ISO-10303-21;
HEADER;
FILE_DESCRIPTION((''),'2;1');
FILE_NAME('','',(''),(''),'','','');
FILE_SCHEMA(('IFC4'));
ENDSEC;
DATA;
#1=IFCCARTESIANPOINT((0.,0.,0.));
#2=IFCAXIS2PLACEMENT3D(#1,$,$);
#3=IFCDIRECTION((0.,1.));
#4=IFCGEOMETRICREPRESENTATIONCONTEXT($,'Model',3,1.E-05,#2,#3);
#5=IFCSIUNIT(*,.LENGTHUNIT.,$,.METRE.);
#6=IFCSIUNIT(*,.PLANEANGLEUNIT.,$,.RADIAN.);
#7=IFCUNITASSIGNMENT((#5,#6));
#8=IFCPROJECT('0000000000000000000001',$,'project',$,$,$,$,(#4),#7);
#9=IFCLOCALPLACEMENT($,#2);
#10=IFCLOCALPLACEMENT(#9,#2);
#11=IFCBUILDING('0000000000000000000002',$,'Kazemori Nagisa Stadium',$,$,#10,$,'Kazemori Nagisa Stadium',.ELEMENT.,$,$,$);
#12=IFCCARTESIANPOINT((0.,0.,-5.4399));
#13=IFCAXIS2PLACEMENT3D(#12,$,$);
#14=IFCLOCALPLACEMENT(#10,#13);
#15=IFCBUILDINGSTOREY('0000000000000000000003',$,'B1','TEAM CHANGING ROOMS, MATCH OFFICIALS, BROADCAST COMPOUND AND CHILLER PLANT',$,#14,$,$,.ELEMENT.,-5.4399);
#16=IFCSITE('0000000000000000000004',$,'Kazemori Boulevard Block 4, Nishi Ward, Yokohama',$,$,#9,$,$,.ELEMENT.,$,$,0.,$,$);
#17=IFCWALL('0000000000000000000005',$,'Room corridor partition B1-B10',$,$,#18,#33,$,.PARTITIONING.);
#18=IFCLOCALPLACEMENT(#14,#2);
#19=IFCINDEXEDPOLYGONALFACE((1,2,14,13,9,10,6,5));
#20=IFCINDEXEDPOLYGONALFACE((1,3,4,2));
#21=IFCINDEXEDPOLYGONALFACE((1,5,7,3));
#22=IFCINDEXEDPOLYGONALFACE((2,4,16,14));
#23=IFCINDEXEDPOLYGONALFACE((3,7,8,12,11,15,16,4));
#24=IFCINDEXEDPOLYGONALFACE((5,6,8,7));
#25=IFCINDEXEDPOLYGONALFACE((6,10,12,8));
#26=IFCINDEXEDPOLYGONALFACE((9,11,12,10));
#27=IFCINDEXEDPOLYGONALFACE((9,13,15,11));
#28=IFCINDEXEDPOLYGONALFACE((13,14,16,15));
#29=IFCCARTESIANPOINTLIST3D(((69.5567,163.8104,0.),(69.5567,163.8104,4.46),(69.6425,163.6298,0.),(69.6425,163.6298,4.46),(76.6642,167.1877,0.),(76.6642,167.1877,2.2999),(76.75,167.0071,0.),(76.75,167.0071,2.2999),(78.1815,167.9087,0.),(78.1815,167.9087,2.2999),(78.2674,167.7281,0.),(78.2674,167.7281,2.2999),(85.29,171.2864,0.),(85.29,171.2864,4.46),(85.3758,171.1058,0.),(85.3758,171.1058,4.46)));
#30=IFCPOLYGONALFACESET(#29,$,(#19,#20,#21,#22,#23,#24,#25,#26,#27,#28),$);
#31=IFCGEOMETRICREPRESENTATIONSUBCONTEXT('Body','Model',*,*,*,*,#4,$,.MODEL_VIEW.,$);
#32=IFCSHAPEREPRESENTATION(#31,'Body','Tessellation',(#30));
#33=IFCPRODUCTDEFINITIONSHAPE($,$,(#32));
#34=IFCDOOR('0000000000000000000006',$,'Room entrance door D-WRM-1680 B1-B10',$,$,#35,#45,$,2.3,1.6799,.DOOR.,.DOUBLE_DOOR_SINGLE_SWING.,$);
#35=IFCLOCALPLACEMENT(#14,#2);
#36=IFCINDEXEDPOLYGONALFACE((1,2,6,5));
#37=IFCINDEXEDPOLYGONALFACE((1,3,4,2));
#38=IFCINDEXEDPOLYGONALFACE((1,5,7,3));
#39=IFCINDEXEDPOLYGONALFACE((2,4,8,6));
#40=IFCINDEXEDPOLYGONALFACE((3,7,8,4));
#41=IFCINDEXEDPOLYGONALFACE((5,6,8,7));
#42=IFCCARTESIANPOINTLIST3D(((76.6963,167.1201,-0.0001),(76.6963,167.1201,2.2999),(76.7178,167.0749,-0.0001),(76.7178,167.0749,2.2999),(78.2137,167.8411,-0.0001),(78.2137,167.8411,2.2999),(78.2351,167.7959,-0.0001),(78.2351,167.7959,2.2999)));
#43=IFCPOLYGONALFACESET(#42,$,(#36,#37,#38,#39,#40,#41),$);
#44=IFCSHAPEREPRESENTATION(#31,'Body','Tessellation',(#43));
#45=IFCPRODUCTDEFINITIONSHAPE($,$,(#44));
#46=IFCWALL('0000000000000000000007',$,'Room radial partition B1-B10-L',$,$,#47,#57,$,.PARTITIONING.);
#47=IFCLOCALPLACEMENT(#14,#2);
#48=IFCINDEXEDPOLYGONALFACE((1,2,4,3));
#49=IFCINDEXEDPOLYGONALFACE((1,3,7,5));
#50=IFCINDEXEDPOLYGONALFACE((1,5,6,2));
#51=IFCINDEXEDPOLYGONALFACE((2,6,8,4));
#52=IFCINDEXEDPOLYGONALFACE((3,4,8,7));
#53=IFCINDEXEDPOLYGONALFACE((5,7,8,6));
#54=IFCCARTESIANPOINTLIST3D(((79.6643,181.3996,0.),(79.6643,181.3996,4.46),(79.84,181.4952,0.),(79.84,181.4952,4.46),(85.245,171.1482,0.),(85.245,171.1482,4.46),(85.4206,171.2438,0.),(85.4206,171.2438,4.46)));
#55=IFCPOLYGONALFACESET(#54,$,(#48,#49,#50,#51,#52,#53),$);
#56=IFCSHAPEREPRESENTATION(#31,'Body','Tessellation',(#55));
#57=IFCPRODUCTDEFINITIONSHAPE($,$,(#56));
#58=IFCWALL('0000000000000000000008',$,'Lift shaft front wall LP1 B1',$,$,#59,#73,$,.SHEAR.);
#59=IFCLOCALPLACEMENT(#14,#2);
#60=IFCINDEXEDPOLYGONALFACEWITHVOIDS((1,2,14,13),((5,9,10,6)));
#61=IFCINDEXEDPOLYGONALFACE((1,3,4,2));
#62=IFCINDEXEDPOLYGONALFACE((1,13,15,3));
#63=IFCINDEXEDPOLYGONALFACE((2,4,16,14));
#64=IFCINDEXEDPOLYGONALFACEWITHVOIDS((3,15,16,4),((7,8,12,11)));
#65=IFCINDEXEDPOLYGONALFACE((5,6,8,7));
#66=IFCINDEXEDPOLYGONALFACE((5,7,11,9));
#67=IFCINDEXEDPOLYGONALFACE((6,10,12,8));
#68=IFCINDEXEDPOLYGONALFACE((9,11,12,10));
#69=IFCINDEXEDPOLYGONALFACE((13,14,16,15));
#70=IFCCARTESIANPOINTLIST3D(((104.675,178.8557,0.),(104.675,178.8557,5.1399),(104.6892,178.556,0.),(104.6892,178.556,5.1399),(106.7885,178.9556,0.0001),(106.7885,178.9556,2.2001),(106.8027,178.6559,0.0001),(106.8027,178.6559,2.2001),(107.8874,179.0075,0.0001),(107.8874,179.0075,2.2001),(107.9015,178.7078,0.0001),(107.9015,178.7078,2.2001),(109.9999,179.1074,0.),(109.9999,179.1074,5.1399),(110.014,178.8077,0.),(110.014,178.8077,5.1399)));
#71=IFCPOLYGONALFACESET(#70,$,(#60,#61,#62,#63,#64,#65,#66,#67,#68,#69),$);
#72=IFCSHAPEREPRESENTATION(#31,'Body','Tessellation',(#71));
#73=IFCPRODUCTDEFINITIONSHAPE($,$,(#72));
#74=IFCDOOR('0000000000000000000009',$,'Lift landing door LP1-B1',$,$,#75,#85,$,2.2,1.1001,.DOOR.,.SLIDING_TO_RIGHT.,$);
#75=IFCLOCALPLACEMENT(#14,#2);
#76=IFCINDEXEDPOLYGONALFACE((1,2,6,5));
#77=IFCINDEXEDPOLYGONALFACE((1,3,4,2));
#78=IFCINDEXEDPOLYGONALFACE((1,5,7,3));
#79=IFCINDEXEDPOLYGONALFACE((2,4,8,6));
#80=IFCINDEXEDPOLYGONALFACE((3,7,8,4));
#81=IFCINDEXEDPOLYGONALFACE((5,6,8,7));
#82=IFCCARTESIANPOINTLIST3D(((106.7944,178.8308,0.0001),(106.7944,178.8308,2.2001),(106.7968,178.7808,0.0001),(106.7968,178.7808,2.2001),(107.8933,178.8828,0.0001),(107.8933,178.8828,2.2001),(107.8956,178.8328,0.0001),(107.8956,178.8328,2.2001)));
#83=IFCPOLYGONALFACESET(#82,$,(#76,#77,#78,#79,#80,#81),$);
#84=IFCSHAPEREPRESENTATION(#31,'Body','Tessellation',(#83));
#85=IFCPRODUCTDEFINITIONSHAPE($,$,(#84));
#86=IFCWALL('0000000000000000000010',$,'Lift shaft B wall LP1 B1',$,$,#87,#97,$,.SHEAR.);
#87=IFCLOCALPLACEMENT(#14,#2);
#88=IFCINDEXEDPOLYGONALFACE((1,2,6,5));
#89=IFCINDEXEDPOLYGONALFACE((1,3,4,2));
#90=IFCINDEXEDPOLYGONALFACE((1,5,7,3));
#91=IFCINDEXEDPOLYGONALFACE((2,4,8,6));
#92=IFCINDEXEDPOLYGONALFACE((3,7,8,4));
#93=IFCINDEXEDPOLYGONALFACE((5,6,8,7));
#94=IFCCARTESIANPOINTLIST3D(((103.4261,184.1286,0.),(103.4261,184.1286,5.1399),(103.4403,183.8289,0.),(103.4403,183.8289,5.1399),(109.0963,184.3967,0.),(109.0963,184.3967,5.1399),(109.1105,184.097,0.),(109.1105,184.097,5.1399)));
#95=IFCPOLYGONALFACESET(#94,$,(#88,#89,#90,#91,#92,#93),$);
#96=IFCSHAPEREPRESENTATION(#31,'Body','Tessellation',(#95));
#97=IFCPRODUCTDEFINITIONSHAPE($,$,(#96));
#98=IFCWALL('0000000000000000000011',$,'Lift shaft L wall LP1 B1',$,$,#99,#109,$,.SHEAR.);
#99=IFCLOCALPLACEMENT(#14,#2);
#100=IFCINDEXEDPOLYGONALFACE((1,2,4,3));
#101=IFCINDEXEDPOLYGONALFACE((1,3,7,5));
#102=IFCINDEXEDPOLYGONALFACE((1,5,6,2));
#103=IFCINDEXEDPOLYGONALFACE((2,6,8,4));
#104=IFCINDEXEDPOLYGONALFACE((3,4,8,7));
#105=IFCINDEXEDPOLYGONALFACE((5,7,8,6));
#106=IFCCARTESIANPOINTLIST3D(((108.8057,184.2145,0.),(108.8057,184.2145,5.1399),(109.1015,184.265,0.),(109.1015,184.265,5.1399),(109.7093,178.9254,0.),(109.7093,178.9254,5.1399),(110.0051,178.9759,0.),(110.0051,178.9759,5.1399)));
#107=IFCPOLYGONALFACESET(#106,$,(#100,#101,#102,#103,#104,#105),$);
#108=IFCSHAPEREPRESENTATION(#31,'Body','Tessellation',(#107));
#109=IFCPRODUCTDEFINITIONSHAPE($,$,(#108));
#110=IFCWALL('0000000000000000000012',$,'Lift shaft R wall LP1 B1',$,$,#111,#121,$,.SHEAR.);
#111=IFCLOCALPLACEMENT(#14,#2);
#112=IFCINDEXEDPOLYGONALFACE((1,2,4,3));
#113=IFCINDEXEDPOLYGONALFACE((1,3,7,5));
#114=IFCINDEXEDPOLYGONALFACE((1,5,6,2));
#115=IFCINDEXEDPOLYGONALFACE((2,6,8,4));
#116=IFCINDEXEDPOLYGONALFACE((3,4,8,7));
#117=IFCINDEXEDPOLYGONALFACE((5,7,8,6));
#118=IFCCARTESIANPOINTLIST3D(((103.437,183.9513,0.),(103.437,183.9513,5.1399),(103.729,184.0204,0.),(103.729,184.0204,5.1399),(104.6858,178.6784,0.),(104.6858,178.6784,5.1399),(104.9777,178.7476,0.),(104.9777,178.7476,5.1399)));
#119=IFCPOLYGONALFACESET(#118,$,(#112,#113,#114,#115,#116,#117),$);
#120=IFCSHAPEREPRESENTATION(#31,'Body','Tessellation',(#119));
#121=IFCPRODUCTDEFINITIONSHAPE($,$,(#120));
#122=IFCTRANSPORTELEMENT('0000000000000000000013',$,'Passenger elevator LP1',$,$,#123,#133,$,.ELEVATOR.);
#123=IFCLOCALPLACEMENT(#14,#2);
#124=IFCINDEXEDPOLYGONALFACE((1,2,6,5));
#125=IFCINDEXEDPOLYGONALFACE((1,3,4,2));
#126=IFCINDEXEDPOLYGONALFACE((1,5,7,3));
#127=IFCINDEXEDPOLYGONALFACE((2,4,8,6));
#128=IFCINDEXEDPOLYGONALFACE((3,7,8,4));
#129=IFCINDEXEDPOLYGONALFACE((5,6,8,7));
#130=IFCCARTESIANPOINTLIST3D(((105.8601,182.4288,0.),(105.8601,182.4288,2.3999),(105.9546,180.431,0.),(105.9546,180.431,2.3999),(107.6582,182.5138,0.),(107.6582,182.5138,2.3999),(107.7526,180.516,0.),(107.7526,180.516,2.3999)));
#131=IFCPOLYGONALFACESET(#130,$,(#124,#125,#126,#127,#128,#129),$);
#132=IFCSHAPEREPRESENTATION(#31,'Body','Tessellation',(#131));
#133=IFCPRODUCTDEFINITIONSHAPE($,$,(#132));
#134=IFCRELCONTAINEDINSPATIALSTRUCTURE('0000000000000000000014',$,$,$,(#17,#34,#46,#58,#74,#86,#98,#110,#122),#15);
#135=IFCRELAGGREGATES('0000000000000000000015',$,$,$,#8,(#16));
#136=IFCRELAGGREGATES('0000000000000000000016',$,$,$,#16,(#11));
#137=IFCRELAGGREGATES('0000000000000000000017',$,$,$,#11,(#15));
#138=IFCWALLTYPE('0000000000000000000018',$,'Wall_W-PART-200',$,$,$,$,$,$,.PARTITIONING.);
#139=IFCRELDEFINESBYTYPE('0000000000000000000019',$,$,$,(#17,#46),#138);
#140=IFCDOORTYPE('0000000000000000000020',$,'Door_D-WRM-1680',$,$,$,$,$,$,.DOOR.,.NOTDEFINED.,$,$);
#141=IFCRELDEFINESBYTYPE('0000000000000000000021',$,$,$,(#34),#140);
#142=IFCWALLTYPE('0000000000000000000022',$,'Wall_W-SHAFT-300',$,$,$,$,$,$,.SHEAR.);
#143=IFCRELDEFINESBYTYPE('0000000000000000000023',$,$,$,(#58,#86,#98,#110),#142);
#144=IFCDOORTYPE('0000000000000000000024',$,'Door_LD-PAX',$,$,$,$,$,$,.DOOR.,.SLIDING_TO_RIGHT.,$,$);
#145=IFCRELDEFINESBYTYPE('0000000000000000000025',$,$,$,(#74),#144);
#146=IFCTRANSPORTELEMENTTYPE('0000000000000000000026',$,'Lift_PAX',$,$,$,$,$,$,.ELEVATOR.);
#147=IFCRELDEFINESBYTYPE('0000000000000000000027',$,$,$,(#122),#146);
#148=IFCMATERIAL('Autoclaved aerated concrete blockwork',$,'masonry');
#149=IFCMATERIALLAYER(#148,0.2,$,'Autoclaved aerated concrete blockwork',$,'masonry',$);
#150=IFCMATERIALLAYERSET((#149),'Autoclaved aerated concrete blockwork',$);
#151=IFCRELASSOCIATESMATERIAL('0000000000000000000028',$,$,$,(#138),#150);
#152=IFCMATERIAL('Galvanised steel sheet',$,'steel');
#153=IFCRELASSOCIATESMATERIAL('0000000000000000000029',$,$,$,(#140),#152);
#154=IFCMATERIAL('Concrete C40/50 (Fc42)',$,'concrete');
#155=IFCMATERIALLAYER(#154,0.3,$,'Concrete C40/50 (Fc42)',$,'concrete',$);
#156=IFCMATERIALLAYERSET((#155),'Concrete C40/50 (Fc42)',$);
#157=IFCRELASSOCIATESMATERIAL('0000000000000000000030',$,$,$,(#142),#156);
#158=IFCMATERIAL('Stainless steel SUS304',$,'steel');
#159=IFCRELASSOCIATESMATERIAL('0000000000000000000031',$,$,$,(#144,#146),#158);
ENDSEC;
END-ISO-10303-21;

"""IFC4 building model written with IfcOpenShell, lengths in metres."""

from ifc_helpers import new_model, si_unit, direction, frame, frame_2d, origin, origin_2d, place, context, subcontext, project, spatial, rectangle, extrude, material, layer, layer_set, type_object, element, fill, save


model = new_model("IFC4")

# Units and contexts
model_context = context("Model", 3, precision=1e-05, world=origin(), true_north=direction((0.0, 1.0)))
body_context = subcontext(model_context, "Body", "Model", "MODEL_VIEW")
ifc_project = project(units=[si_unit("LENGTHUNIT", "METRE"), si_unit("PLANEANGLEUNIT", "RADIAN")], contexts=[model_context])

# Site, building, storey
site_placement = place(None, origin())
site = spatial("IfcSite", under=ifc_project, at=site_placement, Name="Kazemori Boulevard Block 4, Nishi Ward, Yokohama", CompositionType="ELEMENT", RefElevation=0.0)
building_placement = place(site_placement, origin())
building = spatial("IfcBuilding", under=site, at=building_placement, Name="Kazemori Nagisa Stadium", LongName="Kazemori Nagisa Stadium", CompositionType="ELEMENT")
storey_placement = place(building_placement, frame((0.0, 0.0, -5.4399)))
storey = spatial("IfcBuildingStorey", under=building, at=storey_placement, Name="B1", Description="TEAM CHANGING ROOMS, MATCH OFFICIALS, BROADCAST COMPOUND AND CHILLER PLANT", CompositionType="ELEMENT", Elevation=-5.4399)

# Shared definitions
ifc_material_1 = material(Name="Concrete C40/50 (Fc42)", Category="concrete")

# Shared definitions
ifc_material_2 = material(Name="Autoclaved aerated concrete blockwork", Category="masonry")
ifc_layer_1 = layer(ifc_material_2, 0.2, Name="Autoclaved aerated concrete blockwork", Category="masonry")
ifc_layer_set_1 = layer_set([ifc_layer_1], Name="Autoclaved aerated concrete blockwork")
wall_type_1 = type_object("IfcWallType", Name="Wall_W-PART-200", PredefinedType="PARTITIONING", material=ifc_layer_set_1)
ifc_material_3 = material(Name="Galvanised steel sheet", Category="steel")

# Wall, opening, door
wall_1_placement = place(storey_placement, frame((85.3328, 171.196, 0.0), z_axis=(0.0, 0.0, 1.0), x_axis=(-0.903217, -0.429184, 0.0)))
wall_1 = element("IfcWall", 1, at=wall_1_placement, inside=storey, type_object=wall_type_1, Name="Room corridor partition B1-B10", PredefinedType="PARTITIONING", context=body_context, shape_type="SweptSolid", body=[
    extrude(rectangle(XDim=17.4192, YDim=0.2, at=frame_2d((8.7095, 0.0))), origin(), (0.0, 0.0, 1.0), 4.46),
])
opening_1_placement = place(wall_1_placement, frame((7.8701, 0.0, 0.0)))
opening_1 = element("IfcOpeningElement", 2, at=opening_1_placement, cuts=wall_1, PredefinedType="OPENING", context=body_context, shape_type="SweptSolid", body=[
    extrude(rectangle(XDim=1.6799, YDim=2.3, at=frame_2d((0.8398, 1.1499))), frame((0.0, 0.1099, 0.0), z_axis=(0.0, -1.0, 0.0), x_axis=(1.0, 0.0, 0.0)), (0.0, 0.0, 1.0), 0.22),
])
door_type_1 = type_object("IfcDoorType", Name="Door_D-WRM-1680", OperationType="NOTDEFINED", PredefinedType="DOOR", material=ifc_material_3)
door_1_placement = place(opening_1_placement, origin())
door_1 = element("IfcDoor", 3, at=door_1_placement, inside=storey, type_object=door_type_1, Name="Room entrance door D-WRM-1680 B1-B10", OperationType="DOUBLE_DOOR_SINGLE_SWING", OverallHeight=2.3, OverallWidth=1.6799, PredefinedType="DOOR", context=body_context, shape_type="SweptSolid", body=[
    extrude(rectangle(XDim=1.6799, YDim=2.3, at=frame_2d((0.8398, 1.1499))), frame((0.0, 0.0249, 0.0), z_axis=(0.0, -1.0, 0.0), x_axis=(1.0, 0.0, 0.0)), (0.0, 0.0, 1.0), 0.05),
])
fill(opening_1, door_1)

# Wall
wall_2_placement = place(storey_placement, frame((85.3328, 171.196, 0.0), z_axis=(0.0, 0.0, 1.0), x_axis=(-0.478125, 0.878292, 0.0)))
element("IfcWall", 4, at=wall_2_placement, inside=storey, type_object=wall_type_1, Name="Room radial partition B1-B10-L", PredefinedType="PARTITIONING", context=body_context, shape_type="SweptSolid", body=[
    extrude(rectangle(XDim=11.6719, YDim=0.2, at=frame_2d((5.8359, 0.0))), origin(), (0.0, 0.0, 1.0), 4.46),
])

# Wall, opening, door
ifc_layer_2 = layer(ifc_material_1, 0.3, Name="Concrete C40/50 (Fc42)", Category="concrete")
ifc_layer_set_2 = layer_set([ifc_layer_2], Name="Concrete C40/50 (Fc42)")
wall_type_2 = type_object("IfcWallType", Name="Wall_W-SHAFT-300", PredefinedType="SHEAR", material=ifc_layer_set_2)
wall_3_placement = place(storey_placement, frame((110.0071, 178.9575, 0.0), z_axis=(0.0, 0.0, 1.0), x_axis=(-0.998885, -0.047217, 0.0)))
wall_3 = element("IfcWall", 5, at=wall_3_placement, inside=storey, type_object=wall_type_2, Name="Lift shaft front wall LP1 B1", PredefinedType="SHEAR", context=body_context, shape_type="SweptSolid", body=[
    extrude(rectangle(XDim=5.3308, YDim=0.3, at=frame_2d((2.6655, 0.0))), origin(), (0.0, 0.0, 1.0), 5.1399),
])
opening_2_placement = place(wall_3_placement, frame((2.115, 0.0, 0.0)))
opening_2 = element("IfcOpeningElement", 6, at=opening_2_placement, cuts=wall_3, PredefinedType="OPENING", context=body_context, shape_type="SweptSolid", body=[
    extrude(rectangle(XDim=1.1001, YDim=2.2, at=frame_2d((0.55, 1.1001))), frame((0.0, 0.1599, 0.0), z_axis=(0.0, -1.0, 0.0), x_axis=(1.0, 0.0, 0.0)), (0.0, 0.0, 1.0), 0.3201),
])
ifc_material_4 = material(Name="Stainless steel SUS304", Category="steel")
door_type_2 = type_object("IfcDoorType", Name="Door_LD-PAX", OperationType="SLIDING_TO_RIGHT", PredefinedType="DOOR", material=ifc_material_4)
door_2_placement = place(opening_2_placement, origin())
door_2 = element("IfcDoor", 7, at=door_2_placement, inside=storey, type_object=door_type_2, Name="Lift landing door LP1-B1", OperationType="SLIDING_TO_RIGHT", OverallHeight=2.2, OverallWidth=1.1001, PredefinedType="DOOR", context=body_context, shape_type="SweptSolid", body=[
    extrude(rectangle(XDim=1.1001, YDim=2.2, at=frame_2d((0.55, 1.1001))), frame((0.0, 0.0249, 0.0), z_axis=(0.0, -1.0, 0.0), x_axis=(1.0, 0.0, 0.0)), (0.0, 0.0, 1.0), 0.05),
])
fill(opening_2, door_2)

# Walls
wall_4_placement = place(storey_placement, frame((109.1035, 184.2468, 0.0), z_axis=(0.0, 0.0, 1.0), x_axis=(-0.998884, -0.047224, 0.0)))
element("IfcWall", 8, at=wall_4_placement, inside=storey, type_object=wall_type_2, Name="Lift shaft B wall LP1 B1", PredefinedType="SHEAR", context=body_context, shape_type="SweptSolid", body=[
    extrude(rectangle(XDim=5.6765, YDim=0.3, at=frame_2d((2.8384, 0.0))), origin(), (0.0, 0.0, 1.0), 5.1399),
])
wall_5_placement = place(storey_placement, frame((109.8572, 178.9507, 0.0), z_axis=(0.0, 0.0, 1.0), x_axis=(-0.168397, 0.985719, 0.0)))
element("IfcWall", 9, at=wall_5_placement, inside=storey, type_object=wall_type_2, Name="Lift shaft L wall LP1 B1", PredefinedType="SHEAR", context=body_context, shape_type="SweptSolid", body=[
    extrude(rectangle(XDim=5.3657, YDim=0.3, at=frame_2d((2.6829, 0.0))), origin(), (0.0, 0.0, 1.0), 5.1399),
])
wall_6_placement = place(storey_placement, frame((104.8318, 178.7129, 0.0), z_axis=(0.0, 0.0, 1.0), x_axis=(-0.230453, 0.973083, 0.0)))
element("IfcWall", 10, at=wall_6_placement, inside=storey, type_object=wall_type_2, Name="Lift shaft R wall LP1 B1", PredefinedType="SHEAR", context=body_context, shape_type="SweptSolid", body=[
    extrude(rectangle(XDim=5.4187, YDim=0.3, at=frame_2d((2.7095, 0.0))), origin(), (0.0, 0.0, 1.0), 5.1399),
])

# Transport element
transport_element_type = type_object("IfcTransportElementType", Name="Lift_PAX", PredefinedType="ELEVATOR", material=ifc_material_4)
transport_element_placement = place(storey_placement, frame((106.8064, 181.4724, 0.0), z_axis=(0.0, 0.0, 1.0), x_axis=(-0.998884, -0.04723, 0.0)))
element("IfcTransportElement", 11, at=transport_element_placement, inside=storey, type_object=transport_element_type, Name="Passenger elevator LP1", PredefinedType="ELEVATOR", context=body_context, shape_type="SweptSolid", body=[
    extrude(rectangle(XDim=1.8, YDim=2.0, at=origin_2d()), origin(), (0.0, 0.0, 1.0), 2.3999),
])

save(model, "model.ifc")
